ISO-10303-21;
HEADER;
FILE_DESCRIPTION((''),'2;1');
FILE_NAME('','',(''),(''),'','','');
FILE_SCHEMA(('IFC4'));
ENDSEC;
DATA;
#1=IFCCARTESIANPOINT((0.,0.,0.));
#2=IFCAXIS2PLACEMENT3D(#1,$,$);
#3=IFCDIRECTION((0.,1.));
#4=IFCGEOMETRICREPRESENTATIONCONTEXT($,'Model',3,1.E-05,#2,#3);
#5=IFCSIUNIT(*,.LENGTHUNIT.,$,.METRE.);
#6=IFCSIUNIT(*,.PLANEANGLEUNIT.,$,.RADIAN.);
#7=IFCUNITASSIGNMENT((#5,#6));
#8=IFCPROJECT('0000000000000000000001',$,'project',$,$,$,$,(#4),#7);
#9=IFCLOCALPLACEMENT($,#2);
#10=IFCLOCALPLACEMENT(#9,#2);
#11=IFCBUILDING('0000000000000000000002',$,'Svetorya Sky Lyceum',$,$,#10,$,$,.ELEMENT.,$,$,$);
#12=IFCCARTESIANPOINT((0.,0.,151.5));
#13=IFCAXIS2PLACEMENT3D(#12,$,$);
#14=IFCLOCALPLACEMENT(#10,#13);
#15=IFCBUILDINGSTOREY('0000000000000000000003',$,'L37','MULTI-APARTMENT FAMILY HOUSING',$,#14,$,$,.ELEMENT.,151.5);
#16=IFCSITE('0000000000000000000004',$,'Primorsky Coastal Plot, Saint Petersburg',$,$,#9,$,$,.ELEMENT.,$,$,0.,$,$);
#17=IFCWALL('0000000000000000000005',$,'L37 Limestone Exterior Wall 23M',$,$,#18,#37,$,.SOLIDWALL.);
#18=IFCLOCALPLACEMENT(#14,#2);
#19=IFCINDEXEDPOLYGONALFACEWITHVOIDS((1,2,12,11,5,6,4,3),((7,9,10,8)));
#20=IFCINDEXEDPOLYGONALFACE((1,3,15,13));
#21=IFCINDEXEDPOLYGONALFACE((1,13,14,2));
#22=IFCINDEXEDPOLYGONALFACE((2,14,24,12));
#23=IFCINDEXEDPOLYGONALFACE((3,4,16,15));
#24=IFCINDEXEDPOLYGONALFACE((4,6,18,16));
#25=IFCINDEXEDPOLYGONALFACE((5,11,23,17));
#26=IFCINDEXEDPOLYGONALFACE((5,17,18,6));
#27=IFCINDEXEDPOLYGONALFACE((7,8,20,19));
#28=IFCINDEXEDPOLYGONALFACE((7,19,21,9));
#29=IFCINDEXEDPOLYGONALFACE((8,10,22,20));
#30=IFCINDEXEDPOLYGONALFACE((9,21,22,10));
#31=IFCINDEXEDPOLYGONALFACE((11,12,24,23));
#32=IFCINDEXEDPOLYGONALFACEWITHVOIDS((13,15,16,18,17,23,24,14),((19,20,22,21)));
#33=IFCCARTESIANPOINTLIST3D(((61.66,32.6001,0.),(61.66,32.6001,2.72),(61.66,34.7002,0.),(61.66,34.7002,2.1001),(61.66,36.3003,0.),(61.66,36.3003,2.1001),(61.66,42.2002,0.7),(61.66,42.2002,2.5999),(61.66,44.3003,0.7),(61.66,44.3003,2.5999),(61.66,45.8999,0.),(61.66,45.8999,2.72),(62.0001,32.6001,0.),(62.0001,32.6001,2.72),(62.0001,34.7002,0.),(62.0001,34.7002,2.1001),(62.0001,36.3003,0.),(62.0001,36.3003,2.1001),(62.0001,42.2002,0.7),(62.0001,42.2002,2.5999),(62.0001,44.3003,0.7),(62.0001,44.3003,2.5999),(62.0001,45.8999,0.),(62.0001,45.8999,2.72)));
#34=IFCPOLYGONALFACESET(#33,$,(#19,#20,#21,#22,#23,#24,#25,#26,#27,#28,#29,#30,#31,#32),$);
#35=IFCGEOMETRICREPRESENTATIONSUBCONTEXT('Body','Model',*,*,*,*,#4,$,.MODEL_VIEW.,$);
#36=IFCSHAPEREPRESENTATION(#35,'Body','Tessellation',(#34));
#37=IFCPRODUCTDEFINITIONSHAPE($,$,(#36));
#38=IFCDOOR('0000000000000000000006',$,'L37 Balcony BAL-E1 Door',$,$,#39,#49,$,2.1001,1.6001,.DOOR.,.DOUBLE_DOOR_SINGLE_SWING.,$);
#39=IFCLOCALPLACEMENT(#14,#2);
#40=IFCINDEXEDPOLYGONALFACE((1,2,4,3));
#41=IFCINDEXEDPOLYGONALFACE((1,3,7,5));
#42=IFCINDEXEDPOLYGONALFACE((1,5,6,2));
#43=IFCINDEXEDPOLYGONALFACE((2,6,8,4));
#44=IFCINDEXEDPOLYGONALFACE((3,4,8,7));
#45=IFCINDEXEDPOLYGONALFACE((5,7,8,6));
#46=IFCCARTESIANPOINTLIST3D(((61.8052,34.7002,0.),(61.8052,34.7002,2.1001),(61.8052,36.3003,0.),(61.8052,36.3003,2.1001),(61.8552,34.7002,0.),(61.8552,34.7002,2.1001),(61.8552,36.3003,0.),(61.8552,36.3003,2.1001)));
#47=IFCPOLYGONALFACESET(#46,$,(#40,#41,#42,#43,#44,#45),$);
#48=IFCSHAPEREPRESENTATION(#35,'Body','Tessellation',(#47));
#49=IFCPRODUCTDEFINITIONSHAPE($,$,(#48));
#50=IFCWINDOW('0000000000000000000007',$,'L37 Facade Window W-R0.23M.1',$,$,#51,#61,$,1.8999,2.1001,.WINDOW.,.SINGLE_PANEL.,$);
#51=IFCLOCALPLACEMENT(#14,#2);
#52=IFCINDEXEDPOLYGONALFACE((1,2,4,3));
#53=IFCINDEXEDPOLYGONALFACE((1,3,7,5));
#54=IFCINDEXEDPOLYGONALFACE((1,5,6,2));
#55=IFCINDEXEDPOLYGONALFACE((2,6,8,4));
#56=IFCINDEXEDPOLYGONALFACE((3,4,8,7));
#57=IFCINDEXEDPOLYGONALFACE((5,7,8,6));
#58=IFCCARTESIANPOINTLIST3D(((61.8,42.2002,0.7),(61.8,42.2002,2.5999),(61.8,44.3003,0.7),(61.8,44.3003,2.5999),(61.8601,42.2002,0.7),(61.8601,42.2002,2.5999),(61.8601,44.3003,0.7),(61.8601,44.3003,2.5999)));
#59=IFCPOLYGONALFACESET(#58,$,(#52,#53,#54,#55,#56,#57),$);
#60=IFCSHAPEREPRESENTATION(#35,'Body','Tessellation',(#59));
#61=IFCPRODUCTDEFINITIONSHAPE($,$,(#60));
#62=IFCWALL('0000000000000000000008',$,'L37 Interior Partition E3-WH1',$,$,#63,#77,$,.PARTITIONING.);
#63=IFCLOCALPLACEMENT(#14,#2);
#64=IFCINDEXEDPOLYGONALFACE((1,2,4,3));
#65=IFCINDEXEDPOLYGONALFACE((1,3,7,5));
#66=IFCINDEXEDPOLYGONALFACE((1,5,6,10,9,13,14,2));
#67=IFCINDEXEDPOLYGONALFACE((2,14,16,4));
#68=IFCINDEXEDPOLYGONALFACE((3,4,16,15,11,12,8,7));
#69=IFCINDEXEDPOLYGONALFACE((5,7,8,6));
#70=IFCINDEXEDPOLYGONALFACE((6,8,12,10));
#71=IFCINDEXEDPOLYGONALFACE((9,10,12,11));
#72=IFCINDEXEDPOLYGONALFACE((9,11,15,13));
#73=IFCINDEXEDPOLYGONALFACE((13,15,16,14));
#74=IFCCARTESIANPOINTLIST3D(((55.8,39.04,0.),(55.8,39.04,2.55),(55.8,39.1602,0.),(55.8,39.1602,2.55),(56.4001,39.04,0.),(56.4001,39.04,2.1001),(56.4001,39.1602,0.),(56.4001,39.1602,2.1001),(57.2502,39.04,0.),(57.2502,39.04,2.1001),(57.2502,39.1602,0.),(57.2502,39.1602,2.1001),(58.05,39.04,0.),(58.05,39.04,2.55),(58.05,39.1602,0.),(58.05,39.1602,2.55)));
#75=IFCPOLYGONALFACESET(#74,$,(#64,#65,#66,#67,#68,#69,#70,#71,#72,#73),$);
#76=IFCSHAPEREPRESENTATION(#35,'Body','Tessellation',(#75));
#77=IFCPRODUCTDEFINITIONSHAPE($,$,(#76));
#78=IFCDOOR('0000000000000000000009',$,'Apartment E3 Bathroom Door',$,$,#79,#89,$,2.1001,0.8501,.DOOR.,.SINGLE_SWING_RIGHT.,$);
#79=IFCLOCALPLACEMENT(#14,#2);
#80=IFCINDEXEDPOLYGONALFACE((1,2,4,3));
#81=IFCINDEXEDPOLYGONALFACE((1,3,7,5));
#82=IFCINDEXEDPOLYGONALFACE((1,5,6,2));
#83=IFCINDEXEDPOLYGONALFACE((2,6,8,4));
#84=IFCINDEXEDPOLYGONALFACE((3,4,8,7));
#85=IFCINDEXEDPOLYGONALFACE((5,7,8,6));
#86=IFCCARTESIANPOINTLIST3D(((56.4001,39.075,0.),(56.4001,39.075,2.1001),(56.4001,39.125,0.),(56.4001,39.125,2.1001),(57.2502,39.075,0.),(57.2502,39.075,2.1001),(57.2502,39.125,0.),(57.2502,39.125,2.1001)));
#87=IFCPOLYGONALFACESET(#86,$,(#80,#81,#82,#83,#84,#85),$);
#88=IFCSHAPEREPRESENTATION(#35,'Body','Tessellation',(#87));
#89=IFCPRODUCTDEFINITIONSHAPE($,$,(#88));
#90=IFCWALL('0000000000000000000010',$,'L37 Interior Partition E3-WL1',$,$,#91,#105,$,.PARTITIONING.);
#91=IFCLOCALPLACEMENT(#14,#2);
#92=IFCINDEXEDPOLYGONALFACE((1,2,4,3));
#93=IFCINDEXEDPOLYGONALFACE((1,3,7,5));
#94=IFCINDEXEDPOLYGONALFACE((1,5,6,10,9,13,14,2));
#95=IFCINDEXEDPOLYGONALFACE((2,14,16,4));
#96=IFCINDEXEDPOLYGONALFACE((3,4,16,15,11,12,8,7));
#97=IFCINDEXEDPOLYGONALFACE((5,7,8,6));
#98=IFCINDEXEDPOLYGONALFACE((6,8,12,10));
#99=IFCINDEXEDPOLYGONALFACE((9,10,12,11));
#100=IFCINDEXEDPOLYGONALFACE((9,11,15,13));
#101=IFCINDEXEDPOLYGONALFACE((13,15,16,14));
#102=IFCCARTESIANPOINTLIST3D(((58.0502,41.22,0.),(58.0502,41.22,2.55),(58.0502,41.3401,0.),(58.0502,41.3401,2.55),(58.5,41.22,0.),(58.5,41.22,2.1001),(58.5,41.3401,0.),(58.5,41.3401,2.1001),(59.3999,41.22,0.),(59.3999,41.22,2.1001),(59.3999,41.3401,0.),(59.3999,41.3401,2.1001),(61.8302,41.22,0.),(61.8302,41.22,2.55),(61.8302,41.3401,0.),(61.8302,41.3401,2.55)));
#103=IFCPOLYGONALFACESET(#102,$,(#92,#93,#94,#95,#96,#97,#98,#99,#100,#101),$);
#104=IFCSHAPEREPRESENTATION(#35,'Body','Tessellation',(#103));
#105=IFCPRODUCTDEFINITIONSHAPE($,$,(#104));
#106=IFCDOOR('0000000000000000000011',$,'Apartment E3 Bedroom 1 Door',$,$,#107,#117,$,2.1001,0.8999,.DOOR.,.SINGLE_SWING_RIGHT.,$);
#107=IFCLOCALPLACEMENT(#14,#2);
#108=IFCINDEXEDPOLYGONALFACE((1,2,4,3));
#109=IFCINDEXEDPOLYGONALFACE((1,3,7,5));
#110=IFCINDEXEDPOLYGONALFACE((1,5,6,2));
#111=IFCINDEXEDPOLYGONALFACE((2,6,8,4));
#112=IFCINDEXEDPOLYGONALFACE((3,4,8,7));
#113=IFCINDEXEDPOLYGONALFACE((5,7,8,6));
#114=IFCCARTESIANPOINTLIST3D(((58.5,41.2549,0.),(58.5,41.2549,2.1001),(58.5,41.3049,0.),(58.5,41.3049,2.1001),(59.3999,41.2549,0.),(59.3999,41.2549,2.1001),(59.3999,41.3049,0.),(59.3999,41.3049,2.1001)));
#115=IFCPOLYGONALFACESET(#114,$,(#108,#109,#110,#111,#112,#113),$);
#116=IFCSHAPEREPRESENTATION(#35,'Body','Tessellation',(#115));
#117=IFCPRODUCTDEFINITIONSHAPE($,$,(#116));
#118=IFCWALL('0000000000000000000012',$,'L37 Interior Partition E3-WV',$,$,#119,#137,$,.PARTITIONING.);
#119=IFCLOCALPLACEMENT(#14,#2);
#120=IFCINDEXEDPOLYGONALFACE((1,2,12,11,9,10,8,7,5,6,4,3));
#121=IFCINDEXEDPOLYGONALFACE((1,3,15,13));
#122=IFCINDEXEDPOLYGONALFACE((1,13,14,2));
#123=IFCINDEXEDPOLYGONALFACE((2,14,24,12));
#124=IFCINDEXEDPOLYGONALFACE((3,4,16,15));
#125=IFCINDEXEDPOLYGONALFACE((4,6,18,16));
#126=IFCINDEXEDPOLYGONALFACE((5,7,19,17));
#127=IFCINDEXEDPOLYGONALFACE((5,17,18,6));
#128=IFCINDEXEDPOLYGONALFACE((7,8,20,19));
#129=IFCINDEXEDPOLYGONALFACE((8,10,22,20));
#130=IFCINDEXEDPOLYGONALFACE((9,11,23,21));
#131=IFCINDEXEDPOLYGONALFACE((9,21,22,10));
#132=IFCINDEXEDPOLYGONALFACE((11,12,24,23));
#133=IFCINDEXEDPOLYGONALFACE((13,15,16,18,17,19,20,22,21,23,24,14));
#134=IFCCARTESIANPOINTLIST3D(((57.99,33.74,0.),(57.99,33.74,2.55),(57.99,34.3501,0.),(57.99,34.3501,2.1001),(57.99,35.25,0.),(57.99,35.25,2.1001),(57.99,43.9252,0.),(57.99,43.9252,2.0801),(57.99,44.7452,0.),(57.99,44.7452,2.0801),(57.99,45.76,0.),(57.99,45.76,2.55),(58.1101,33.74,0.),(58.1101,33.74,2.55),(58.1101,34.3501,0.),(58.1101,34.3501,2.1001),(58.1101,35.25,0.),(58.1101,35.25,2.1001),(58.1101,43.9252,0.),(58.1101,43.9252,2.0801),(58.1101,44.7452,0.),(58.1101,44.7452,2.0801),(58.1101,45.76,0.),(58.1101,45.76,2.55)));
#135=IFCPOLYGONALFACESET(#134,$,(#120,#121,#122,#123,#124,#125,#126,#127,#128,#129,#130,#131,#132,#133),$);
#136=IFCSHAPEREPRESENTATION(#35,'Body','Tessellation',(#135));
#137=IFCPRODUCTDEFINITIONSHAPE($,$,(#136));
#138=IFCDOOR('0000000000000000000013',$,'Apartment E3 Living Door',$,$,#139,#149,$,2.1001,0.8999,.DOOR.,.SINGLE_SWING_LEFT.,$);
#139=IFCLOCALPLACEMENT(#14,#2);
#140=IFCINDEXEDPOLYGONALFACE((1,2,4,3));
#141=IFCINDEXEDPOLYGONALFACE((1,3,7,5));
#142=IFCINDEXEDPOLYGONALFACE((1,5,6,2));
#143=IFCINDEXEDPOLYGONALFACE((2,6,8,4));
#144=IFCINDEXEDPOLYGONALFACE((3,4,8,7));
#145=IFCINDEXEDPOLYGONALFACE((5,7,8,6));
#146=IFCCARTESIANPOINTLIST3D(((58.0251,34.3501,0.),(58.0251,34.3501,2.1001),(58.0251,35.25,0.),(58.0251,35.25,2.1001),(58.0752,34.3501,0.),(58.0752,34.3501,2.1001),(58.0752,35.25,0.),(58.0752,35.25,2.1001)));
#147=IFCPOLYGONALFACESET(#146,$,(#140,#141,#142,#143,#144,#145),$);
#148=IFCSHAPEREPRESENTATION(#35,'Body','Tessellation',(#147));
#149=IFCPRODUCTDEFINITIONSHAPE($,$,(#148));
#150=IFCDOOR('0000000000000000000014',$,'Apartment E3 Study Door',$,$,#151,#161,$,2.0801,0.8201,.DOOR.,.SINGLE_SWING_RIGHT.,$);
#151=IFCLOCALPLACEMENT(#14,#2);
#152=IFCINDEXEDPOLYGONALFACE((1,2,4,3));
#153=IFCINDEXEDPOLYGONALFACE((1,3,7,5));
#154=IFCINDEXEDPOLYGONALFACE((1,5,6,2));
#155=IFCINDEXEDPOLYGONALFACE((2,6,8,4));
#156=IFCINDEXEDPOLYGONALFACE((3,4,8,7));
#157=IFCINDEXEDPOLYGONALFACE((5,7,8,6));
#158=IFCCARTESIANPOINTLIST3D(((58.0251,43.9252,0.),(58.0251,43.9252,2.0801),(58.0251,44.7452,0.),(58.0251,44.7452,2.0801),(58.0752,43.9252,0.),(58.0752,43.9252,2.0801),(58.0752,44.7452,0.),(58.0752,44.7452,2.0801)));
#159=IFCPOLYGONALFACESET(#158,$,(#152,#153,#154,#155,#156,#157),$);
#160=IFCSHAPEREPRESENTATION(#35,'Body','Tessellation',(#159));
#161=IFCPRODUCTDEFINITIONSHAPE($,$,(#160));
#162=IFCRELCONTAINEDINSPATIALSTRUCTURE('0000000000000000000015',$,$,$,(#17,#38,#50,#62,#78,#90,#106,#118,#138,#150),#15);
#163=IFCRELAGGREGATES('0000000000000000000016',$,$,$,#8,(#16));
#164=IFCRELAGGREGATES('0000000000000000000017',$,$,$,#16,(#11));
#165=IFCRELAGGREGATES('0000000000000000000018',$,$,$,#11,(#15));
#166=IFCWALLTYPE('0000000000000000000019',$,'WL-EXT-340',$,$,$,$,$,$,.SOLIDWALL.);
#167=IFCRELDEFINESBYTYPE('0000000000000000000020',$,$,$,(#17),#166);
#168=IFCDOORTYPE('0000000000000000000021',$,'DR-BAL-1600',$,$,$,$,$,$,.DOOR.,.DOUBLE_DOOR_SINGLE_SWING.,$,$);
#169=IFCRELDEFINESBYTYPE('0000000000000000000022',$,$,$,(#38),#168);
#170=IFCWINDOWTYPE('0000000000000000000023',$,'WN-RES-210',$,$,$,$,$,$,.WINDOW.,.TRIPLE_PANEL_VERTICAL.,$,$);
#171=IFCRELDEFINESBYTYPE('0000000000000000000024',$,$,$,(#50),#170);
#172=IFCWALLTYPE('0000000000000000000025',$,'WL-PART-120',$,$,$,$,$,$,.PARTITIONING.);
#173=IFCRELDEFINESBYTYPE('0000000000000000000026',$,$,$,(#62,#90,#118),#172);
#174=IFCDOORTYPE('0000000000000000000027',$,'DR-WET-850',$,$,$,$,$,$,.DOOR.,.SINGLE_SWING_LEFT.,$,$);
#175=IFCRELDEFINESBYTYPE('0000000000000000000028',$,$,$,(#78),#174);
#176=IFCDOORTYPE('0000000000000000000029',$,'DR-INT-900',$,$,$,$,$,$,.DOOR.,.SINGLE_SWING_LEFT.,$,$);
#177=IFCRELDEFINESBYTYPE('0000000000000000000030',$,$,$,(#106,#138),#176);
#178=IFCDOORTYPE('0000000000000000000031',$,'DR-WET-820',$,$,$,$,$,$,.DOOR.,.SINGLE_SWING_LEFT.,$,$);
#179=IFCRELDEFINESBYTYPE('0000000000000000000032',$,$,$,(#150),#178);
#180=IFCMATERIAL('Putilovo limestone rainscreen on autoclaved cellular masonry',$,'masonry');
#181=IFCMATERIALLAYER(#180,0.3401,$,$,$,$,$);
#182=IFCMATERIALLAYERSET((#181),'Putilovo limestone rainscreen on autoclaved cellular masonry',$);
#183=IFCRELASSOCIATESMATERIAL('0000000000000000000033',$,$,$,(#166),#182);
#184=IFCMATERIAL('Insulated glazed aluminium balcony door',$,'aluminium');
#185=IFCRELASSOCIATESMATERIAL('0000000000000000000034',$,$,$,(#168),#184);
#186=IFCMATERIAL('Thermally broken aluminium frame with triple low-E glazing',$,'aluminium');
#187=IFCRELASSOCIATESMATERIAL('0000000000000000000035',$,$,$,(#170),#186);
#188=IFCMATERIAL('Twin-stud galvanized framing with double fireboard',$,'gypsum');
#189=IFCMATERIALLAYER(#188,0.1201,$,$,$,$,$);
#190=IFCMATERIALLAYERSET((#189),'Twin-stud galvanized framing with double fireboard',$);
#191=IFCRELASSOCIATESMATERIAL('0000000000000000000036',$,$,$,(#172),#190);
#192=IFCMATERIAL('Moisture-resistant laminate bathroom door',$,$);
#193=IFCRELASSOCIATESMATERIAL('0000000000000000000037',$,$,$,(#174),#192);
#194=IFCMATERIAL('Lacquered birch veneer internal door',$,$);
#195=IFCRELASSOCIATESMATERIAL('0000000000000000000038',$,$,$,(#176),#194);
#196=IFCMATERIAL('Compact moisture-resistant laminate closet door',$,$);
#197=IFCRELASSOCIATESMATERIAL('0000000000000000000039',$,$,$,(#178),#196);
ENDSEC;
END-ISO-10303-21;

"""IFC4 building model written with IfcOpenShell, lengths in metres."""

from ifc_helpers import new_model, si_unit, direction, frame, frame_2d, origin, place, context, subcontext, project, spatial, rectangle, extrude, material, layer, layer_set, type_object, element, fill, save


model = new_model("IFC4")

# Units and contexts
model_context = context("Model", 3, precision=1e-05, world=origin(), true_north=direction((0.0, 1.0)))
body_context = subcontext(model_context, "Body", "Model", "MODEL_VIEW")
ifc_project = project(units=[si_unit("LENGTHUNIT", "METRE"), si_unit("PLANEANGLEUNIT", "RADIAN")], contexts=[model_context])

# Site, building, storey
site_placement = place(None, origin())
site = spatial("IfcSite", under=ifc_project, at=site_placement, Name="Primorsky Coastal Plot, Saint Petersburg", CompositionType="ELEMENT", RefElevation=0.0)
building_placement = place(site_placement, origin())
building = spatial("IfcBuilding", under=site, at=building_placement, Name="Svetorya Sky Lyceum", CompositionType="ELEMENT")
storey_placement = place(building_placement, frame((0.0, 0.0, 151.5)))
storey = spatial("IfcBuildingStorey", under=building, at=storey_placement, Name="L37", Description="MULTI-APARTMENT FAMILY HOUSING", CompositionType="ELEMENT", Elevation=151.5)

# Shared definitions
ifc_material_1 = material(Name="Putilovo limestone rainscreen on autoclaved cellular masonry", Category="masonry")
ifc_layer_1 = layer(ifc_material_1, 0.3401)
ifc_layer_set_1 = layer_set([ifc_layer_1], Name="Putilovo limestone rainscreen on autoclaved cellular masonry")
wall_type_1 = type_object("IfcWallType", Name="WL-EXT-340", PredefinedType="SOLIDWALL", material=ifc_layer_set_1)

# Shared definitions
ifc_material_2 = material(Name="Thermally broken aluminium frame with triple low-E glazing", Category="aluminium")

# Wall, openings, door, window
wall_1_placement = place(storey_placement, frame((61.8301, 32.6001, 0.0), z_axis=(0.0, 0.0, 1.0), x_axis=(0.0, 1.0, 0.0)))
wall_1 = element("IfcWall", 1, at=wall_1_placement, inside=storey, type_object=wall_type_1, Name="L37 Limestone Exterior Wall 23M", PredefinedType="SOLIDWALL", context=body_context, shape_type="SweptSolid", body=[
    extrude(rectangle(XDim=13.2998, YDim=0.3401, at=frame_2d((6.6499, 0.0))), origin(), (0.0, 0.0, 1.0), 2.72),
])
opening_1_placement = place(wall_1_placement, frame((2.1001, 0.0, 0.0)))
opening_1 = element("IfcOpeningElement", 2, at=opening_1_placement, cuts=wall_1, PredefinedType="OPENING", context=body_context, shape_type="SweptSolid", body=[
    extrude(rectangle(XDim=1.6001, YDim=2.1001, at=frame_2d((0.8, 1.05))), frame((0.0, 0.1799, 0.0), z_axis=(0.0, -1.0, 0.0), x_axis=(1.0, 0.0, 0.0)), (0.0, 0.0, 1.0), 0.3601),
])
opening_2_placement = place(wall_1_placement, frame((9.6001, 0.0, 0.7)))
opening_2 = element("IfcOpeningElement", 3, at=opening_2_placement, cuts=wall_1, PredefinedType="OPENING", context=body_context, shape_type="SweptSolid", body=[
    extrude(rectangle(XDim=2.1001, YDim=1.8999, at=frame_2d((1.05, 0.95))), frame((0.0, 0.1799, 0.0), z_axis=(0.0, -1.0, 0.0), x_axis=(1.0, 0.0, 0.0)), (0.0, 0.0, 1.0), 0.3601),
])
ifc_material_3 = material(Name="Insulated glazed aluminium balcony door", Category="aluminium")
door_type_1 = type_object("IfcDoorType", Name="DR-BAL-1600", OperationType="DOUBLE_DOOR_SINGLE_SWING", PredefinedType="DOOR", material=ifc_material_3)
door_1_placement = place(opening_1_placement, origin())
door_1 = element("IfcDoor", 4, at=door_1_placement, inside=storey, type_object=door_type_1, Name="L37 Balcony BAL-E1 Door", OperationType="DOUBLE_DOOR_SINGLE_SWING", OverallHeight=2.1001, OverallWidth=1.6001, PredefinedType="DOOR", context=body_context, shape_type="SweptSolid", body=[
    extrude(rectangle(XDim=1.6001, YDim=2.1001, at=frame_2d((0.8, 1.05))), frame((0.0, 0.0249, 0.0), z_axis=(0.0, -1.0, 0.0), x_axis=(1.0, 0.0, 0.0)), (0.0, 0.0, 1.0), 0.05),
])
fill(opening_1, door_1)
window_type_1 = type_object("IfcWindowType", Name="WN-RES-210", PartitioningType="TRIPLE_PANEL_VERTICAL", PredefinedType="WINDOW", material=ifc_material_2)
window_1_placement = place(opening_2_placement, origin())
window_1 = element("IfcWindow", 5, at=window_1_placement, inside=storey, type_object=window_type_1, Name="L37 Facade Window W-R0.23M.1", OverallHeight=1.8999, OverallWidth=2.1001, PartitioningType="SINGLE_PANEL", PredefinedType="WINDOW", context=body_context, shape_type="SweptSolid", body=[
    extrude(rectangle(XDim=2.1001, YDim=1.8999, at=frame_2d((1.05, 0.95))), frame((0.0, 0.03, 0.0), z_axis=(0.0, -1.0, 0.0), x_axis=(1.0, 0.0, 0.0)), (0.0, 0.0, 1.0), 0.0601),
])
fill(opening_2, window_1)

# Walls, openings, doors
ifc_material_4 = material(Name="Twin-stud galvanized framing with double fireboard", Category="gypsum")
ifc_layer_2 = layer(ifc_material_4, 0.1201)
ifc_layer_set_2 = layer_set([ifc_layer_2], Name="Twin-stud galvanized framing with double fireboard")
wall_type_2 = type_object("IfcWallType", Name="WL-PART-120", PredefinedType="PARTITIONING", material=ifc_layer_set_2)
wall_2_placement = place(storey_placement, frame((55.8, 39.1001, 0.0), z_axis=(0.0, 0.0, 1.0), x_axis=(1.0, 0.0, 0.0)))
wall_2 = element("IfcWall", 6, at=wall_2_placement, inside=storey, type_object=wall_type_2, Name="L37 Interior Partition E3-WH1", PredefinedType="PARTITIONING", context=body_context, shape_type="SweptSolid", body=[
    extrude(rectangle(XDim=2.25, YDim=0.1201, at=frame_2d((1.125, 0.0))), origin(), (0.0, 0.0, 1.0), 2.55),
])
opening_3_placement = place(wall_2_placement, frame((0.6001, 0.0, 0.0)))
opening_3 = element("IfcOpeningElement", 7, at=opening_3_placement, cuts=wall_2, PredefinedType="OPENING", context=body_context, shape_type="SweptSolid", body=[
    extrude(rectangle(XDim=0.8501, YDim=2.1001, at=frame_2d((0.425, 1.05))), frame((0.0, 0.0701, 0.0), z_axis=(0.0, -1.0, 0.0), x_axis=(1.0, 0.0, 0.0)), (0.0, 0.0, 1.0), 0.1401),
])
ifc_material_5 = material(Name="Moisture-resistant laminate bathroom door")
door_type_2 = type_object("IfcDoorType", Name="DR-WET-850", OperationType="SINGLE_SWING_LEFT", PredefinedType="DOOR", material=ifc_material_5)
door_2_placement = place(opening_3_placement, origin())
door_2 = element("IfcDoor", 8, at=door_2_placement, inside=storey, type_object=door_type_2, Name="Apartment E3 Bathroom Door", OperationType="SINGLE_SWING_RIGHT", OverallHeight=2.1001, OverallWidth=0.8501, PredefinedType="DOOR", context=body_context, shape_type="SweptSolid", body=[
    extrude(rectangle(XDim=0.8501, YDim=2.1001, at=frame_2d((0.425, 1.05))), frame((0.0, 0.0249, 0.0), z_axis=(0.0, -1.0, 0.0), x_axis=(1.0, 0.0, 0.0)), (0.0, 0.0, 1.0), 0.05),
])
fill(opening_3, door_2)
wall_3_placement = place(storey_placement, frame((58.05, 41.28, 0.0), z_axis=(0.0, 0.0, 1.0), x_axis=(1.0, 0.0, 0.0)))
wall_3 = element("IfcWall", 9, at=wall_3_placement, inside=storey, type_object=wall_type_2, Name="L37 Interior Partition E3-WL1", PredefinedType="PARTITIONING", context=body_context, shape_type="SweptSolid", body=[
    extrude(rectangle(XDim=3.78, YDim=0.1201, at=frame_2d((1.8901, 0.0))), origin(), (0.0, 0.0, 1.0), 2.55),
])
opening_4_placement = place(wall_3_placement, frame((0.45, 0.0, 0.0)))
opening_4 = element("IfcOpeningElement", 10, at=opening_4_placement, cuts=wall_3, PredefinedType="OPENING", context=body_context, shape_type="SweptSolid", body=[
    extrude(rectangle(XDim=0.8999, YDim=2.1001, at=frame_2d((0.45, 1.05))), frame((0.0, 0.0701, 0.0), z_axis=(0.0, -1.0, 0.0), x_axis=(1.0, 0.0, 0.0)), (0.0, 0.0, 1.0), 0.1401),
])
ifc_material_6 = material(Name="Lacquered birch veneer internal door")
door_type_3 = type_object("IfcDoorType", Name="DR-INT-900", OperationType="SINGLE_SWING_LEFT", PredefinedType="DOOR", material=ifc_material_6)
door_3_placement = place(opening_4_placement, origin())
door_3 = element("IfcDoor", 11, at=door_3_placement, inside=storey, type_object=door_type_3, Name="Apartment E3 Bedroom 1 Door", OperationType="SINGLE_SWING_RIGHT", OverallHeight=2.1001, OverallWidth=0.8999, PredefinedType="DOOR", context=body_context, shape_type="SweptSolid", body=[
    extrude(rectangle(XDim=0.8999, YDim=2.1001, at=frame_2d((0.45, 1.05))), frame((0.0, 0.0249, 0.0), z_axis=(0.0, -1.0, 0.0), x_axis=(1.0, 0.0, 0.0)), (0.0, 0.0, 1.0), 0.05),
])
fill(opening_4, door_3)

# Wall, openings, doors
wall_4_placement = place(storey_placement, frame((58.05, 33.74, 0.0), z_axis=(0.0, 0.0, 1.0), x_axis=(0.0, 1.0, 0.0)))
wall_4 = element("IfcWall", 12, at=wall_4_placement, inside=storey, type_object=wall_type_2, Name="L37 Interior Partition E3-WV", PredefinedType="PARTITIONING", context=body_context, shape_type="SweptSolid", body=[
    extrude(rectangle(XDim=12.02, YDim=0.1201, at=frame_2d((6.01, 0.0))), origin(), (0.0, 0.0, 1.0), 2.55),
])
opening_5_placement = place(wall_4_placement, frame((0.6101, 0.0, 0.0)))
opening_5 = element("IfcOpeningElement", 13, at=opening_5_placement, cuts=wall_4, PredefinedType="OPENING", context=body_context, shape_type="SweptSolid", body=[
    extrude(rectangle(XDim=0.8999, YDim=2.1001, at=frame_2d((0.45, 1.05))), frame((0.0, 0.0701, 0.0), z_axis=(0.0, -1.0, 0.0), x_axis=(1.0, 0.0, 0.0)), (0.0, 0.0, 1.0), 0.1401),
])
opening_6_placement = place(wall_4_placement, frame((10.1851, 0.0, 0.0)))
opening_6 = element("IfcOpeningElement", 14, at=opening_6_placement, cuts=wall_4, PredefinedType="OPENING", context=body_context, shape_type="SweptSolid", body=[
    extrude(rectangle(XDim=0.8201, YDim=2.0801, at=frame_2d((0.4102, 1.04))), frame((0.0, 0.0701, 0.0), z_axis=(0.0, -1.0, 0.0), x_axis=(1.0, 0.0, 0.0)), (0.0, 0.0, 1.0), 0.1401),
])
door_4_placement = place(opening_5_placement, origin())
door_4 = element("IfcDoor", 15, at=door_4_placement, inside=storey, type_object=door_type_3, Name="Apartment E3 Living Door", OperationType="SINGLE_SWING_LEFT", OverallHeight=2.1001, OverallWidth=0.8999, PredefinedType="DOOR", context=body_context, shape_type="SweptSolid", body=[
    extrude(rectangle(XDim=0.8999, YDim=2.1001, at=frame_2d((0.45, 1.05))), frame((0.0, 0.0249, 0.0), z_axis=(0.0, -1.0, 0.0), x_axis=(1.0, 0.0, 0.0)), (0.0, 0.0, 1.0), 0.05),
])
fill(opening_5, door_4)
ifc_material_7 = material(Name="Compact moisture-resistant laminate closet door")
door_type_4 = type_object("IfcDoorType", Name="DR-WET-820", OperationType="SINGLE_SWING_LEFT", PredefinedType="DOOR", material=ifc_material_7)
door_5_placement = place(opening_6_placement, origin())
door_5 = element("IfcDoor", 16, at=door_5_placement, inside=storey, type_object=door_type_4, Name="Apartment E3 Study Door", OperationType="SINGLE_SWING_RIGHT", OverallHeight=2.0801, OverallWidth=0.8201, PredefinedType="DOOR", context=body_context, shape_type="SweptSolid", body=[
    extrude(rectangle(XDim=0.8201, YDim=2.0801, at=frame_2d((0.4102, 1.04))), frame((0.0, 0.0249, 0.0), z_axis=(0.0, -1.0, 0.0), x_axis=(1.0, 0.0, 0.0)), (0.0, 0.0, 1.0), 0.05),
])
fill(opening_6, door_5)

save(model, "model.ifc")
